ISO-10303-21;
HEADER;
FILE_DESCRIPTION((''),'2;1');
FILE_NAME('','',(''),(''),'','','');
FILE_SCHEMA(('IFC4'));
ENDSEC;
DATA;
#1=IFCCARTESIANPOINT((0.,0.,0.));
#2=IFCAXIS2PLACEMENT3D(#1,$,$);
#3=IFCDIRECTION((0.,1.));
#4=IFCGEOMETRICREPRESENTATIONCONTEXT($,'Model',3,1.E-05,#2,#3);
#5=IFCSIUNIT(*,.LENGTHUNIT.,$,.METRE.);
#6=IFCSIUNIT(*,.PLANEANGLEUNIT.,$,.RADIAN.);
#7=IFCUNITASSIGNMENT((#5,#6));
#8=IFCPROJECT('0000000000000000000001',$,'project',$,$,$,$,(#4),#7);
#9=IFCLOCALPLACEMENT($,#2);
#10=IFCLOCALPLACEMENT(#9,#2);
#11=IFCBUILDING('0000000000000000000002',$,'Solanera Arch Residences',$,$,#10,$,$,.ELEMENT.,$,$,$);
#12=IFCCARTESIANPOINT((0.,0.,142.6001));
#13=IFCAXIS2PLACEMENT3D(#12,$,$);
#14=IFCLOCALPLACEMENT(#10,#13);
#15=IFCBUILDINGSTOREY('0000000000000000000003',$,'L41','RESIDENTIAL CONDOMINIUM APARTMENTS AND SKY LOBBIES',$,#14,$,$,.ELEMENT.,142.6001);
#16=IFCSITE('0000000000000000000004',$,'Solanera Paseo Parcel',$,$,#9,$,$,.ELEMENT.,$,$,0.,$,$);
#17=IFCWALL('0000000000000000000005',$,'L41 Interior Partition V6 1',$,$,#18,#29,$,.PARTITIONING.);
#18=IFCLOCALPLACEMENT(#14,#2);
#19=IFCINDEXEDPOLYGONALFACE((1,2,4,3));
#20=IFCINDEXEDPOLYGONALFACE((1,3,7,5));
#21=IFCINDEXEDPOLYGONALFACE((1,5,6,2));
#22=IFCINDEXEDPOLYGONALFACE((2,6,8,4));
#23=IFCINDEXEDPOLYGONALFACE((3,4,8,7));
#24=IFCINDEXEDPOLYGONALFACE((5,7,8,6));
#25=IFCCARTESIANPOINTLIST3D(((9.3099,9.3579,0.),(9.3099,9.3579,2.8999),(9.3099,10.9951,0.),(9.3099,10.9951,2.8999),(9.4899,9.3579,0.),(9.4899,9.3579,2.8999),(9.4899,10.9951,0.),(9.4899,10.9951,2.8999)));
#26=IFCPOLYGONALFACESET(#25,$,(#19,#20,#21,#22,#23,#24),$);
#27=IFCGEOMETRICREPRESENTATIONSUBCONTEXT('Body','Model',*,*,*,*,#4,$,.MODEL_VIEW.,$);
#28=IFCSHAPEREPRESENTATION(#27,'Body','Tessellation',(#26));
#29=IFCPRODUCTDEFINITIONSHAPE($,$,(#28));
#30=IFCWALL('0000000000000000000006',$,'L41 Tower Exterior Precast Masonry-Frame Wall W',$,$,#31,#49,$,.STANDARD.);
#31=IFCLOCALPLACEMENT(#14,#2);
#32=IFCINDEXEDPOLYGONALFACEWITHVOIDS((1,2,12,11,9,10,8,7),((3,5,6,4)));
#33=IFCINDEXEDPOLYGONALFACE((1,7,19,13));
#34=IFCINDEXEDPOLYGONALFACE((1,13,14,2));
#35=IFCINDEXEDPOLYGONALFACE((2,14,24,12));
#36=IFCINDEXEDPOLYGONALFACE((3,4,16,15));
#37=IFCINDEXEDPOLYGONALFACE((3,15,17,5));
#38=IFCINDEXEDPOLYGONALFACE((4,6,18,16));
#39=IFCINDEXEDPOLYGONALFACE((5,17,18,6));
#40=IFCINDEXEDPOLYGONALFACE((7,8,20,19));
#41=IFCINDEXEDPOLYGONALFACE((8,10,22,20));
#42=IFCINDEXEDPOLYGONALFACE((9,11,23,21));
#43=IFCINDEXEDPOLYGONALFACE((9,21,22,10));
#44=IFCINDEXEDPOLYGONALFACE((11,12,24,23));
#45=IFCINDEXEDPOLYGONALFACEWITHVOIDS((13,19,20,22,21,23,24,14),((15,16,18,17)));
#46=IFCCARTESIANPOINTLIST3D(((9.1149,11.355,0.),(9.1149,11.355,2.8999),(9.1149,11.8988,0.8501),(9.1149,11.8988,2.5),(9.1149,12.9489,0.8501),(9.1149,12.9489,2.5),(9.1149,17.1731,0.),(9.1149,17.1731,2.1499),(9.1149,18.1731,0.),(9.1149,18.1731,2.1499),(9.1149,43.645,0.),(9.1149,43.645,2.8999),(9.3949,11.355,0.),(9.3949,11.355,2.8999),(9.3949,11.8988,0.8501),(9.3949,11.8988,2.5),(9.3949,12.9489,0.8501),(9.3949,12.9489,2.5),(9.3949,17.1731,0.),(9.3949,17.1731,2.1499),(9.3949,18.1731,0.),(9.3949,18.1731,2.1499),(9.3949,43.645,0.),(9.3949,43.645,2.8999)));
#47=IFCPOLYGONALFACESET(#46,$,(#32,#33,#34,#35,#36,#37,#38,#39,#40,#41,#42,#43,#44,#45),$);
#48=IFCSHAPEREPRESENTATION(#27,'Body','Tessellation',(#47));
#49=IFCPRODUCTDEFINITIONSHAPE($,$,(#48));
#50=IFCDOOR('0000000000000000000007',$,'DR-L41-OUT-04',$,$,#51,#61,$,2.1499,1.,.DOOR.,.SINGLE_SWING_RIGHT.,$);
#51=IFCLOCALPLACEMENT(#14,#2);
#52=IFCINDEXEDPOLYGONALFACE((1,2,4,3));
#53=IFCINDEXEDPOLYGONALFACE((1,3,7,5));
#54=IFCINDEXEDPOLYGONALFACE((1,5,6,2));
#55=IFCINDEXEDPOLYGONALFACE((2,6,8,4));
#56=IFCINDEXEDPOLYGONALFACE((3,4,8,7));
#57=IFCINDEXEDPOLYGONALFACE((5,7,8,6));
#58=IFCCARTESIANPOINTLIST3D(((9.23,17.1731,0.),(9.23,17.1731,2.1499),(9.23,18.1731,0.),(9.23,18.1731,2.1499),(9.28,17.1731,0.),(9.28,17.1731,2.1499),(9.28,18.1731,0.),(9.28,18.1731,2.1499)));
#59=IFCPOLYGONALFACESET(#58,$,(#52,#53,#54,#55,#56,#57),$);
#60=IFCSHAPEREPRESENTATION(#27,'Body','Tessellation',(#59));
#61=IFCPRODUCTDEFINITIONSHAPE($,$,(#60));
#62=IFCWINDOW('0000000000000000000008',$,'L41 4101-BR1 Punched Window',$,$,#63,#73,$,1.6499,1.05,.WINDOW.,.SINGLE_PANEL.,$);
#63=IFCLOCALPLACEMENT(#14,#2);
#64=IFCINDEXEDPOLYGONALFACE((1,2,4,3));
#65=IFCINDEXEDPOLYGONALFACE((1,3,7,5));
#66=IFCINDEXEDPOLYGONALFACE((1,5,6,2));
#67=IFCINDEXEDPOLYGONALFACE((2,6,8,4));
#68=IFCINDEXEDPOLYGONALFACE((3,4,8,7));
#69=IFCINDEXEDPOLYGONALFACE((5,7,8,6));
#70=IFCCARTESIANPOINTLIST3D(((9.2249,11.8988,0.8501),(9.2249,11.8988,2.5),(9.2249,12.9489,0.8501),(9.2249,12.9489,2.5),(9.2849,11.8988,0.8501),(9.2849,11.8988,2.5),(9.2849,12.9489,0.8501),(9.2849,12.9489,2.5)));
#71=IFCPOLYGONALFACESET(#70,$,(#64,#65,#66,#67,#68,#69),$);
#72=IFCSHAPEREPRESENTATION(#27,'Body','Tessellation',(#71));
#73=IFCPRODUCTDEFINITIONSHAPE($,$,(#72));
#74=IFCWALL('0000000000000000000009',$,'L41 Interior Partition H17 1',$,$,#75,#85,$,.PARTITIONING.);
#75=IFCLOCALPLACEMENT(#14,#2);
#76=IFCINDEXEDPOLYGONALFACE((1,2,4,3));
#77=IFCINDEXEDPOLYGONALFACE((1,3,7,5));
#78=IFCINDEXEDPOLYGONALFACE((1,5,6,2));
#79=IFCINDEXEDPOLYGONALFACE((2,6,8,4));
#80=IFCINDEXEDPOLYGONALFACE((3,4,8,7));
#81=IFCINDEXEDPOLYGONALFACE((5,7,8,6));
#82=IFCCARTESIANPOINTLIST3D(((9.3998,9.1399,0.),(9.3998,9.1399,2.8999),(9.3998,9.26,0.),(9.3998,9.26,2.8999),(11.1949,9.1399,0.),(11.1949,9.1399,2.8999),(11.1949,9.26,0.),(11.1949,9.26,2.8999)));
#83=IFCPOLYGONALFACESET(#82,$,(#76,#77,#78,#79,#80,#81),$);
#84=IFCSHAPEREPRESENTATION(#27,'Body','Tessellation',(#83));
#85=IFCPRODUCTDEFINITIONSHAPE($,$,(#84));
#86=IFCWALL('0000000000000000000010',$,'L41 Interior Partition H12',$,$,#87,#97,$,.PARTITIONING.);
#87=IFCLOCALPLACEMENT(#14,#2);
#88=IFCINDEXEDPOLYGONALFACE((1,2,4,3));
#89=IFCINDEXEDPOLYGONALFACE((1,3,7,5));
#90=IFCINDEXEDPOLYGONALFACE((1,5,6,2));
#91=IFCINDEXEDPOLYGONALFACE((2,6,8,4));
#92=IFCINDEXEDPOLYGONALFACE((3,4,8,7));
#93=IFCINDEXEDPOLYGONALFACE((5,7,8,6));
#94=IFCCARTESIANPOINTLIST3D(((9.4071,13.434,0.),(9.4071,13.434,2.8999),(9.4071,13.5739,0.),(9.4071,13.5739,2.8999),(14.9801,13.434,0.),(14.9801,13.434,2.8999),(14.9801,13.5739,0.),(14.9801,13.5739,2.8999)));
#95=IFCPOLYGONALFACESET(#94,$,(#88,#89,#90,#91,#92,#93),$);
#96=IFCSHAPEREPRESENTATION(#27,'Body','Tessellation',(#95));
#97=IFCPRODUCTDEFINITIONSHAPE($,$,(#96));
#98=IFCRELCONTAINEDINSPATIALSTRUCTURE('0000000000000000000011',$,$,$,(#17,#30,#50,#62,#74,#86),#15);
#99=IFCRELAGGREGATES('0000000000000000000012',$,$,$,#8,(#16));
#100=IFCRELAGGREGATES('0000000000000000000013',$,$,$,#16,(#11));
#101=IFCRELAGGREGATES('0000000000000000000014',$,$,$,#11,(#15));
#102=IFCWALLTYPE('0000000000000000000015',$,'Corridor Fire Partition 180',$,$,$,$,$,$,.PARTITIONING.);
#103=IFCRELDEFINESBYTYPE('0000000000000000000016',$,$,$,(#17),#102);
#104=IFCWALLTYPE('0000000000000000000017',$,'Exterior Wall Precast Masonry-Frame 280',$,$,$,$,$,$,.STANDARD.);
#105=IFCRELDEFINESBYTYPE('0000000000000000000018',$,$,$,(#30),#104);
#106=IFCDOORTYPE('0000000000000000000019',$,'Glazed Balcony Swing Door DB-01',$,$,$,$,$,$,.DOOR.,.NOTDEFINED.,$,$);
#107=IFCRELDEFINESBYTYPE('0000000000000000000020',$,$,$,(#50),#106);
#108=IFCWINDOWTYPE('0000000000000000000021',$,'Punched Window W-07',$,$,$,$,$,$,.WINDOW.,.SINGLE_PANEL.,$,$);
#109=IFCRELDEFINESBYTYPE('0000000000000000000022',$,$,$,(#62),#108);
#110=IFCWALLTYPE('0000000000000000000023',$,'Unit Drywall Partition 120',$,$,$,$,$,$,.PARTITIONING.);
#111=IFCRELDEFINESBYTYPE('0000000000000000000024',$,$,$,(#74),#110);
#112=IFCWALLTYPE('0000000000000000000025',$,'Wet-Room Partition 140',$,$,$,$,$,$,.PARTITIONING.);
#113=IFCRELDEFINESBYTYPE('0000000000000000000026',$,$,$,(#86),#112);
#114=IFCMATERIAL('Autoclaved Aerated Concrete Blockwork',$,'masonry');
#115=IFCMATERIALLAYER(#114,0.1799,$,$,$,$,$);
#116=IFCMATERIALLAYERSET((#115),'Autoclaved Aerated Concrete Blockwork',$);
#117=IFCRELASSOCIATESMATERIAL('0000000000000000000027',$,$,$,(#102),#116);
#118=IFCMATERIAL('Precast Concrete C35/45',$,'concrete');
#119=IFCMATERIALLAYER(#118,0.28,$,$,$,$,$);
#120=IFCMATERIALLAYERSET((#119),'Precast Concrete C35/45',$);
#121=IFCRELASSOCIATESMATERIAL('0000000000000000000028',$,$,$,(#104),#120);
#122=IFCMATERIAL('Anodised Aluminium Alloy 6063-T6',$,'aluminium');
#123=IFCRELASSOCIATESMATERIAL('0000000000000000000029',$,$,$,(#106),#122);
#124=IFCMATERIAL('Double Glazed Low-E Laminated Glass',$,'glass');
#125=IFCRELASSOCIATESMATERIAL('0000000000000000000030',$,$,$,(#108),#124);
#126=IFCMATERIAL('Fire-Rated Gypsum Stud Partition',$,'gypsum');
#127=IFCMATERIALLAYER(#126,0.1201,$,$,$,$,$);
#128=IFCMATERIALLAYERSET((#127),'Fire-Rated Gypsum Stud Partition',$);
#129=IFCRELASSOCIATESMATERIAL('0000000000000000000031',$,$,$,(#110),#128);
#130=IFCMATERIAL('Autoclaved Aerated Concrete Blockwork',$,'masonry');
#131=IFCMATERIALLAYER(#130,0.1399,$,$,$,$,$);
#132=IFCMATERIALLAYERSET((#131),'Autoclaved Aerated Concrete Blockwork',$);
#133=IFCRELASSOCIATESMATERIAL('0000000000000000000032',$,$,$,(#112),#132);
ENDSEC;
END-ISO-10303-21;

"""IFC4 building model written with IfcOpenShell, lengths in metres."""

from ifc_helpers import new_model, si_unit, direction, frame, frame_2d, origin, place, context, subcontext, project, spatial, rectangle, extrude, material, layer, layer_set, type_object, element, fill, save


model = new_model("IFC4")

# Units and contexts
model_context = context("Model", 3, precision=1e-05, world=origin(), true_north=direction((0.0, 1.0)))
body_context = subcontext(model_context, "Body", "Model", "MODEL_VIEW")
ifc_project = project(units=[si_unit("LENGTHUNIT", "METRE"), si_unit("PLANEANGLEUNIT", "RADIAN")], contexts=[model_context])

# Site, building, storey
site_placement = place(None, origin())
site = spatial("IfcSite", under=ifc_project, at=site_placement, Name="Solanera Paseo Parcel", CompositionType="ELEMENT", RefElevation=0.0)
building_placement = place(site_placement, origin())
building = spatial("IfcBuilding", under=site, at=building_placement, Name="Solanera Arch Residences", CompositionType="ELEMENT")
storey_placement = place(building_placement, frame((0.0, 0.0, 142.6001)))
storey = spatial("IfcBuildingStorey", under=building, at=storey_placement, Name="L41", Description="RESIDENTIAL CONDOMINIUM APARTMENTS AND SKY LOBBIES", CompositionType="ELEMENT", Elevation=142.6001)

# Wall
ifc_material_1 = material(Name="Autoclaved Aerated Concrete Blockwork", Category="masonry")
ifc_layer_1 = layer(ifc_material_1, 0.1799)
ifc_layer_set_1 = layer_set([ifc_layer_1], Name="Autoclaved Aerated Concrete Blockwork")
wall_type_1 = type_object("IfcWallType", Name="Corridor Fire Partition 180", PredefinedType="PARTITIONING", material=ifc_layer_set_1)
wall_1_placement = place(storey_placement, frame((9.3999, 9.3579, 0.0), z_axis=(0.0, 0.0, 1.0), x_axis=(0.0, 1.0, 0.0)))
element("IfcWall", 1, at=wall_1_placement, inside=storey, type_object=wall_type_1, Name="L41 Interior Partition V6 1", PredefinedType="PARTITIONING", context=body_context, shape_type="SweptSolid", body=[
    extrude(rectangle(XDim=1.6372, YDim=0.1799, at=frame_2d((0.8186, 0.0))), origin(), (0.0, 0.0, 1.0), 2.8999),
])

# Wall, openings, door, window
ifc_material_2 = material(Name="Precast Concrete C35/45", Category="concrete")
ifc_layer_2 = layer(ifc_material_2, 0.28)
ifc_layer_set_2 = layer_set([ifc_layer_2], Name="Precast Concrete C35/45")
wall_type_2 = type_object("IfcWallType", Name="Exterior Wall Precast Masonry-Frame 280", PredefinedType="STANDARD", material=ifc_layer_set_2)
wall_2_placement = place(storey_placement, frame((9.2549, 11.355, 0.0), z_axis=(0.0, 0.0, 1.0), x_axis=(0.0, 1.0, 0.0)))
wall_2 = element("IfcWall", 2, at=wall_2_placement, inside=storey, type_object=wall_type_2, Name="L41 Tower Exterior Precast Masonry-Frame Wall W", PredefinedType="STANDARD", context=body_context, shape_type="SweptSolid", body=[
    extrude(rectangle(XDim=32.29, YDim=0.28, at=frame_2d((16.145, 0.0))), origin(), (0.0, 0.0, 1.0), 2.8999),
])
opening_1_placement = place(wall_2_placement, frame((5.8181, 0.0, 0.0)))
opening_1 = element("IfcOpeningElement", 3, at=opening_1_placement, cuts=wall_2, PredefinedType="OPENING", context=body_context, shape_type="SweptSolid", body=[
    extrude(rectangle(XDim=1.0, YDim=2.1499, at=frame_2d((0.5, 1.075))), frame((0.0, 0.1499, 0.0), z_axis=(0.0, -1.0, 0.0), x_axis=(1.0, 0.0, 0.0)), (0.0, 0.0, 1.0), 0.3),
])
opening_2_placement = place(wall_2_placement, frame((0.5439, 0.0, 0.8501)))
opening_2 = element("IfcOpeningElement", 4, at=opening_2_placement, cuts=wall_2, PredefinedType="OPENING", context=body_context, shape_type="SweptSolid", body=[
    extrude(rectangle(XDim=1.05, YDim=1.6499, at=frame_2d((0.5249, 0.825))), frame((0.0, 0.1499, 0.0), z_axis=(0.0, -1.0, 0.0), x_axis=(1.0, 0.0, 0.0)), (0.0, 0.0, 1.0), 0.3),
])
ifc_material_3 = material(Name="Anodised Aluminium Alloy 6063-T6", Category="aluminium")
door_type = type_object("IfcDoorType", Name="Glazed Balcony Swing Door DB-01", OperationType="NOTDEFINED", PredefinedType="DOOR", material=ifc_material_3)
door_placement = place(opening_1_placement, origin())
door = element("IfcDoor", 5, at=door_placement, inside=storey, type_object=door_type, Name="DR-L41-OUT-04", OperationType="SINGLE_SWING_RIGHT", OverallHeight=2.1499, OverallWidth=1.0, PredefinedType="DOOR", context=body_context, shape_type="SweptSolid", body=[
    extrude(rectangle(XDim=1.0, YDim=2.1499, at=frame_2d((0.5, 1.075))), frame((0.0, 0.0249, 0.0), z_axis=(0.0, -1.0, 0.0), x_axis=(1.0, 0.0, 0.0)), (0.0, 0.0, 1.0), 0.05),
])
fill(opening_1, door)
ifc_material_4 = material(Name="Double Glazed Low-E Laminated Glass", Category="glass")
window_type = type_object("IfcWindowType", Name="Punched Window W-07", PartitioningType="SINGLE_PANEL", PredefinedType="WINDOW", material=ifc_material_4)
window_placement = place(opening_2_placement, origin())
window = element("IfcWindow", 6, at=window_placement, inside=storey, type_object=window_type, Name="L41 4101-BR1 Punched Window", OverallHeight=1.6499, OverallWidth=1.05, PartitioningType="SINGLE_PANEL", PredefinedType="WINDOW", context=body_context, shape_type="SweptSolid", body=[
    extrude(rectangle(XDim=1.05, YDim=1.6499, at=frame_2d((0.5249, 0.825))), frame((0.0, 0.03, 0.0), z_axis=(0.0, -1.0, 0.0), x_axis=(1.0, 0.0, 0.0)), (0.0, 0.0, 1.0), 0.0601),
])
fill(opening_2, window)

# Walls
ifc_material_5 = material(Name="Fire-Rated Gypsum Stud Partition", Category="gypsum")
ifc_layer_3 = layer(ifc_material_5, 0.1201)
ifc_layer_set_3 = layer_set([ifc_layer_3], Name="Fire-Rated Gypsum Stud Partition")
wall_type_3 = type_object("IfcWallType", Name="Unit Drywall Partition 120", PredefinedType="PARTITIONING", material=ifc_layer_set_3)
wall_3_placement = place(storey_placement, frame((9.3999, 9.2, 0.0), z_axis=(0.0, 0.0, 1.0), x_axis=(1.0, 0.0, 0.0)))
element("IfcWall", 7, at=wall_3_placement, inside=storey, type_object=wall_type_3, Name="L41 Interior Partition H17 1", PredefinedType="PARTITIONING", context=body_context, shape_type="SweptSolid", body=[
    extrude(rectangle(XDim=1.7952, YDim=0.1201, at=frame_2d((0.8975, 0.0))), origin(), (0.0, 0.0, 1.0), 2.8999),
])
ifc_material_6 = material(Name="Autoclaved Aerated Concrete Blockwork", Category="masonry")
ifc_layer_4 = layer(ifc_material_6, 0.1399)
ifc_layer_set_4 = layer_set([ifc_layer_4], Name="Autoclaved Aerated Concrete Blockwork")
wall_type_4 = type_object("IfcWallType", Name="Wet-Room Partition 140", PredefinedType="PARTITIONING", material=ifc_layer_set_4)
wall_4_placement = place(storey_placement, frame((9.407, 13.5039, 0.0), z_axis=(0.0, 0.0, 1.0), x_axis=(1.0, 0.0, 0.0)))
element("IfcWall", 8, at=wall_4_placement, inside=storey, type_object=wall_type_4, Name="L41 Interior Partition H12", PredefinedType="PARTITIONING", context=body_context, shape_type="SweptSolid", body=[
    extrude(rectangle(XDim=5.573, YDim=0.1399, at=frame_2d((2.7866, 0.0))), origin(), (0.0, 0.0, 1.0), 2.8999),
])

save(model, "model.ifc")
